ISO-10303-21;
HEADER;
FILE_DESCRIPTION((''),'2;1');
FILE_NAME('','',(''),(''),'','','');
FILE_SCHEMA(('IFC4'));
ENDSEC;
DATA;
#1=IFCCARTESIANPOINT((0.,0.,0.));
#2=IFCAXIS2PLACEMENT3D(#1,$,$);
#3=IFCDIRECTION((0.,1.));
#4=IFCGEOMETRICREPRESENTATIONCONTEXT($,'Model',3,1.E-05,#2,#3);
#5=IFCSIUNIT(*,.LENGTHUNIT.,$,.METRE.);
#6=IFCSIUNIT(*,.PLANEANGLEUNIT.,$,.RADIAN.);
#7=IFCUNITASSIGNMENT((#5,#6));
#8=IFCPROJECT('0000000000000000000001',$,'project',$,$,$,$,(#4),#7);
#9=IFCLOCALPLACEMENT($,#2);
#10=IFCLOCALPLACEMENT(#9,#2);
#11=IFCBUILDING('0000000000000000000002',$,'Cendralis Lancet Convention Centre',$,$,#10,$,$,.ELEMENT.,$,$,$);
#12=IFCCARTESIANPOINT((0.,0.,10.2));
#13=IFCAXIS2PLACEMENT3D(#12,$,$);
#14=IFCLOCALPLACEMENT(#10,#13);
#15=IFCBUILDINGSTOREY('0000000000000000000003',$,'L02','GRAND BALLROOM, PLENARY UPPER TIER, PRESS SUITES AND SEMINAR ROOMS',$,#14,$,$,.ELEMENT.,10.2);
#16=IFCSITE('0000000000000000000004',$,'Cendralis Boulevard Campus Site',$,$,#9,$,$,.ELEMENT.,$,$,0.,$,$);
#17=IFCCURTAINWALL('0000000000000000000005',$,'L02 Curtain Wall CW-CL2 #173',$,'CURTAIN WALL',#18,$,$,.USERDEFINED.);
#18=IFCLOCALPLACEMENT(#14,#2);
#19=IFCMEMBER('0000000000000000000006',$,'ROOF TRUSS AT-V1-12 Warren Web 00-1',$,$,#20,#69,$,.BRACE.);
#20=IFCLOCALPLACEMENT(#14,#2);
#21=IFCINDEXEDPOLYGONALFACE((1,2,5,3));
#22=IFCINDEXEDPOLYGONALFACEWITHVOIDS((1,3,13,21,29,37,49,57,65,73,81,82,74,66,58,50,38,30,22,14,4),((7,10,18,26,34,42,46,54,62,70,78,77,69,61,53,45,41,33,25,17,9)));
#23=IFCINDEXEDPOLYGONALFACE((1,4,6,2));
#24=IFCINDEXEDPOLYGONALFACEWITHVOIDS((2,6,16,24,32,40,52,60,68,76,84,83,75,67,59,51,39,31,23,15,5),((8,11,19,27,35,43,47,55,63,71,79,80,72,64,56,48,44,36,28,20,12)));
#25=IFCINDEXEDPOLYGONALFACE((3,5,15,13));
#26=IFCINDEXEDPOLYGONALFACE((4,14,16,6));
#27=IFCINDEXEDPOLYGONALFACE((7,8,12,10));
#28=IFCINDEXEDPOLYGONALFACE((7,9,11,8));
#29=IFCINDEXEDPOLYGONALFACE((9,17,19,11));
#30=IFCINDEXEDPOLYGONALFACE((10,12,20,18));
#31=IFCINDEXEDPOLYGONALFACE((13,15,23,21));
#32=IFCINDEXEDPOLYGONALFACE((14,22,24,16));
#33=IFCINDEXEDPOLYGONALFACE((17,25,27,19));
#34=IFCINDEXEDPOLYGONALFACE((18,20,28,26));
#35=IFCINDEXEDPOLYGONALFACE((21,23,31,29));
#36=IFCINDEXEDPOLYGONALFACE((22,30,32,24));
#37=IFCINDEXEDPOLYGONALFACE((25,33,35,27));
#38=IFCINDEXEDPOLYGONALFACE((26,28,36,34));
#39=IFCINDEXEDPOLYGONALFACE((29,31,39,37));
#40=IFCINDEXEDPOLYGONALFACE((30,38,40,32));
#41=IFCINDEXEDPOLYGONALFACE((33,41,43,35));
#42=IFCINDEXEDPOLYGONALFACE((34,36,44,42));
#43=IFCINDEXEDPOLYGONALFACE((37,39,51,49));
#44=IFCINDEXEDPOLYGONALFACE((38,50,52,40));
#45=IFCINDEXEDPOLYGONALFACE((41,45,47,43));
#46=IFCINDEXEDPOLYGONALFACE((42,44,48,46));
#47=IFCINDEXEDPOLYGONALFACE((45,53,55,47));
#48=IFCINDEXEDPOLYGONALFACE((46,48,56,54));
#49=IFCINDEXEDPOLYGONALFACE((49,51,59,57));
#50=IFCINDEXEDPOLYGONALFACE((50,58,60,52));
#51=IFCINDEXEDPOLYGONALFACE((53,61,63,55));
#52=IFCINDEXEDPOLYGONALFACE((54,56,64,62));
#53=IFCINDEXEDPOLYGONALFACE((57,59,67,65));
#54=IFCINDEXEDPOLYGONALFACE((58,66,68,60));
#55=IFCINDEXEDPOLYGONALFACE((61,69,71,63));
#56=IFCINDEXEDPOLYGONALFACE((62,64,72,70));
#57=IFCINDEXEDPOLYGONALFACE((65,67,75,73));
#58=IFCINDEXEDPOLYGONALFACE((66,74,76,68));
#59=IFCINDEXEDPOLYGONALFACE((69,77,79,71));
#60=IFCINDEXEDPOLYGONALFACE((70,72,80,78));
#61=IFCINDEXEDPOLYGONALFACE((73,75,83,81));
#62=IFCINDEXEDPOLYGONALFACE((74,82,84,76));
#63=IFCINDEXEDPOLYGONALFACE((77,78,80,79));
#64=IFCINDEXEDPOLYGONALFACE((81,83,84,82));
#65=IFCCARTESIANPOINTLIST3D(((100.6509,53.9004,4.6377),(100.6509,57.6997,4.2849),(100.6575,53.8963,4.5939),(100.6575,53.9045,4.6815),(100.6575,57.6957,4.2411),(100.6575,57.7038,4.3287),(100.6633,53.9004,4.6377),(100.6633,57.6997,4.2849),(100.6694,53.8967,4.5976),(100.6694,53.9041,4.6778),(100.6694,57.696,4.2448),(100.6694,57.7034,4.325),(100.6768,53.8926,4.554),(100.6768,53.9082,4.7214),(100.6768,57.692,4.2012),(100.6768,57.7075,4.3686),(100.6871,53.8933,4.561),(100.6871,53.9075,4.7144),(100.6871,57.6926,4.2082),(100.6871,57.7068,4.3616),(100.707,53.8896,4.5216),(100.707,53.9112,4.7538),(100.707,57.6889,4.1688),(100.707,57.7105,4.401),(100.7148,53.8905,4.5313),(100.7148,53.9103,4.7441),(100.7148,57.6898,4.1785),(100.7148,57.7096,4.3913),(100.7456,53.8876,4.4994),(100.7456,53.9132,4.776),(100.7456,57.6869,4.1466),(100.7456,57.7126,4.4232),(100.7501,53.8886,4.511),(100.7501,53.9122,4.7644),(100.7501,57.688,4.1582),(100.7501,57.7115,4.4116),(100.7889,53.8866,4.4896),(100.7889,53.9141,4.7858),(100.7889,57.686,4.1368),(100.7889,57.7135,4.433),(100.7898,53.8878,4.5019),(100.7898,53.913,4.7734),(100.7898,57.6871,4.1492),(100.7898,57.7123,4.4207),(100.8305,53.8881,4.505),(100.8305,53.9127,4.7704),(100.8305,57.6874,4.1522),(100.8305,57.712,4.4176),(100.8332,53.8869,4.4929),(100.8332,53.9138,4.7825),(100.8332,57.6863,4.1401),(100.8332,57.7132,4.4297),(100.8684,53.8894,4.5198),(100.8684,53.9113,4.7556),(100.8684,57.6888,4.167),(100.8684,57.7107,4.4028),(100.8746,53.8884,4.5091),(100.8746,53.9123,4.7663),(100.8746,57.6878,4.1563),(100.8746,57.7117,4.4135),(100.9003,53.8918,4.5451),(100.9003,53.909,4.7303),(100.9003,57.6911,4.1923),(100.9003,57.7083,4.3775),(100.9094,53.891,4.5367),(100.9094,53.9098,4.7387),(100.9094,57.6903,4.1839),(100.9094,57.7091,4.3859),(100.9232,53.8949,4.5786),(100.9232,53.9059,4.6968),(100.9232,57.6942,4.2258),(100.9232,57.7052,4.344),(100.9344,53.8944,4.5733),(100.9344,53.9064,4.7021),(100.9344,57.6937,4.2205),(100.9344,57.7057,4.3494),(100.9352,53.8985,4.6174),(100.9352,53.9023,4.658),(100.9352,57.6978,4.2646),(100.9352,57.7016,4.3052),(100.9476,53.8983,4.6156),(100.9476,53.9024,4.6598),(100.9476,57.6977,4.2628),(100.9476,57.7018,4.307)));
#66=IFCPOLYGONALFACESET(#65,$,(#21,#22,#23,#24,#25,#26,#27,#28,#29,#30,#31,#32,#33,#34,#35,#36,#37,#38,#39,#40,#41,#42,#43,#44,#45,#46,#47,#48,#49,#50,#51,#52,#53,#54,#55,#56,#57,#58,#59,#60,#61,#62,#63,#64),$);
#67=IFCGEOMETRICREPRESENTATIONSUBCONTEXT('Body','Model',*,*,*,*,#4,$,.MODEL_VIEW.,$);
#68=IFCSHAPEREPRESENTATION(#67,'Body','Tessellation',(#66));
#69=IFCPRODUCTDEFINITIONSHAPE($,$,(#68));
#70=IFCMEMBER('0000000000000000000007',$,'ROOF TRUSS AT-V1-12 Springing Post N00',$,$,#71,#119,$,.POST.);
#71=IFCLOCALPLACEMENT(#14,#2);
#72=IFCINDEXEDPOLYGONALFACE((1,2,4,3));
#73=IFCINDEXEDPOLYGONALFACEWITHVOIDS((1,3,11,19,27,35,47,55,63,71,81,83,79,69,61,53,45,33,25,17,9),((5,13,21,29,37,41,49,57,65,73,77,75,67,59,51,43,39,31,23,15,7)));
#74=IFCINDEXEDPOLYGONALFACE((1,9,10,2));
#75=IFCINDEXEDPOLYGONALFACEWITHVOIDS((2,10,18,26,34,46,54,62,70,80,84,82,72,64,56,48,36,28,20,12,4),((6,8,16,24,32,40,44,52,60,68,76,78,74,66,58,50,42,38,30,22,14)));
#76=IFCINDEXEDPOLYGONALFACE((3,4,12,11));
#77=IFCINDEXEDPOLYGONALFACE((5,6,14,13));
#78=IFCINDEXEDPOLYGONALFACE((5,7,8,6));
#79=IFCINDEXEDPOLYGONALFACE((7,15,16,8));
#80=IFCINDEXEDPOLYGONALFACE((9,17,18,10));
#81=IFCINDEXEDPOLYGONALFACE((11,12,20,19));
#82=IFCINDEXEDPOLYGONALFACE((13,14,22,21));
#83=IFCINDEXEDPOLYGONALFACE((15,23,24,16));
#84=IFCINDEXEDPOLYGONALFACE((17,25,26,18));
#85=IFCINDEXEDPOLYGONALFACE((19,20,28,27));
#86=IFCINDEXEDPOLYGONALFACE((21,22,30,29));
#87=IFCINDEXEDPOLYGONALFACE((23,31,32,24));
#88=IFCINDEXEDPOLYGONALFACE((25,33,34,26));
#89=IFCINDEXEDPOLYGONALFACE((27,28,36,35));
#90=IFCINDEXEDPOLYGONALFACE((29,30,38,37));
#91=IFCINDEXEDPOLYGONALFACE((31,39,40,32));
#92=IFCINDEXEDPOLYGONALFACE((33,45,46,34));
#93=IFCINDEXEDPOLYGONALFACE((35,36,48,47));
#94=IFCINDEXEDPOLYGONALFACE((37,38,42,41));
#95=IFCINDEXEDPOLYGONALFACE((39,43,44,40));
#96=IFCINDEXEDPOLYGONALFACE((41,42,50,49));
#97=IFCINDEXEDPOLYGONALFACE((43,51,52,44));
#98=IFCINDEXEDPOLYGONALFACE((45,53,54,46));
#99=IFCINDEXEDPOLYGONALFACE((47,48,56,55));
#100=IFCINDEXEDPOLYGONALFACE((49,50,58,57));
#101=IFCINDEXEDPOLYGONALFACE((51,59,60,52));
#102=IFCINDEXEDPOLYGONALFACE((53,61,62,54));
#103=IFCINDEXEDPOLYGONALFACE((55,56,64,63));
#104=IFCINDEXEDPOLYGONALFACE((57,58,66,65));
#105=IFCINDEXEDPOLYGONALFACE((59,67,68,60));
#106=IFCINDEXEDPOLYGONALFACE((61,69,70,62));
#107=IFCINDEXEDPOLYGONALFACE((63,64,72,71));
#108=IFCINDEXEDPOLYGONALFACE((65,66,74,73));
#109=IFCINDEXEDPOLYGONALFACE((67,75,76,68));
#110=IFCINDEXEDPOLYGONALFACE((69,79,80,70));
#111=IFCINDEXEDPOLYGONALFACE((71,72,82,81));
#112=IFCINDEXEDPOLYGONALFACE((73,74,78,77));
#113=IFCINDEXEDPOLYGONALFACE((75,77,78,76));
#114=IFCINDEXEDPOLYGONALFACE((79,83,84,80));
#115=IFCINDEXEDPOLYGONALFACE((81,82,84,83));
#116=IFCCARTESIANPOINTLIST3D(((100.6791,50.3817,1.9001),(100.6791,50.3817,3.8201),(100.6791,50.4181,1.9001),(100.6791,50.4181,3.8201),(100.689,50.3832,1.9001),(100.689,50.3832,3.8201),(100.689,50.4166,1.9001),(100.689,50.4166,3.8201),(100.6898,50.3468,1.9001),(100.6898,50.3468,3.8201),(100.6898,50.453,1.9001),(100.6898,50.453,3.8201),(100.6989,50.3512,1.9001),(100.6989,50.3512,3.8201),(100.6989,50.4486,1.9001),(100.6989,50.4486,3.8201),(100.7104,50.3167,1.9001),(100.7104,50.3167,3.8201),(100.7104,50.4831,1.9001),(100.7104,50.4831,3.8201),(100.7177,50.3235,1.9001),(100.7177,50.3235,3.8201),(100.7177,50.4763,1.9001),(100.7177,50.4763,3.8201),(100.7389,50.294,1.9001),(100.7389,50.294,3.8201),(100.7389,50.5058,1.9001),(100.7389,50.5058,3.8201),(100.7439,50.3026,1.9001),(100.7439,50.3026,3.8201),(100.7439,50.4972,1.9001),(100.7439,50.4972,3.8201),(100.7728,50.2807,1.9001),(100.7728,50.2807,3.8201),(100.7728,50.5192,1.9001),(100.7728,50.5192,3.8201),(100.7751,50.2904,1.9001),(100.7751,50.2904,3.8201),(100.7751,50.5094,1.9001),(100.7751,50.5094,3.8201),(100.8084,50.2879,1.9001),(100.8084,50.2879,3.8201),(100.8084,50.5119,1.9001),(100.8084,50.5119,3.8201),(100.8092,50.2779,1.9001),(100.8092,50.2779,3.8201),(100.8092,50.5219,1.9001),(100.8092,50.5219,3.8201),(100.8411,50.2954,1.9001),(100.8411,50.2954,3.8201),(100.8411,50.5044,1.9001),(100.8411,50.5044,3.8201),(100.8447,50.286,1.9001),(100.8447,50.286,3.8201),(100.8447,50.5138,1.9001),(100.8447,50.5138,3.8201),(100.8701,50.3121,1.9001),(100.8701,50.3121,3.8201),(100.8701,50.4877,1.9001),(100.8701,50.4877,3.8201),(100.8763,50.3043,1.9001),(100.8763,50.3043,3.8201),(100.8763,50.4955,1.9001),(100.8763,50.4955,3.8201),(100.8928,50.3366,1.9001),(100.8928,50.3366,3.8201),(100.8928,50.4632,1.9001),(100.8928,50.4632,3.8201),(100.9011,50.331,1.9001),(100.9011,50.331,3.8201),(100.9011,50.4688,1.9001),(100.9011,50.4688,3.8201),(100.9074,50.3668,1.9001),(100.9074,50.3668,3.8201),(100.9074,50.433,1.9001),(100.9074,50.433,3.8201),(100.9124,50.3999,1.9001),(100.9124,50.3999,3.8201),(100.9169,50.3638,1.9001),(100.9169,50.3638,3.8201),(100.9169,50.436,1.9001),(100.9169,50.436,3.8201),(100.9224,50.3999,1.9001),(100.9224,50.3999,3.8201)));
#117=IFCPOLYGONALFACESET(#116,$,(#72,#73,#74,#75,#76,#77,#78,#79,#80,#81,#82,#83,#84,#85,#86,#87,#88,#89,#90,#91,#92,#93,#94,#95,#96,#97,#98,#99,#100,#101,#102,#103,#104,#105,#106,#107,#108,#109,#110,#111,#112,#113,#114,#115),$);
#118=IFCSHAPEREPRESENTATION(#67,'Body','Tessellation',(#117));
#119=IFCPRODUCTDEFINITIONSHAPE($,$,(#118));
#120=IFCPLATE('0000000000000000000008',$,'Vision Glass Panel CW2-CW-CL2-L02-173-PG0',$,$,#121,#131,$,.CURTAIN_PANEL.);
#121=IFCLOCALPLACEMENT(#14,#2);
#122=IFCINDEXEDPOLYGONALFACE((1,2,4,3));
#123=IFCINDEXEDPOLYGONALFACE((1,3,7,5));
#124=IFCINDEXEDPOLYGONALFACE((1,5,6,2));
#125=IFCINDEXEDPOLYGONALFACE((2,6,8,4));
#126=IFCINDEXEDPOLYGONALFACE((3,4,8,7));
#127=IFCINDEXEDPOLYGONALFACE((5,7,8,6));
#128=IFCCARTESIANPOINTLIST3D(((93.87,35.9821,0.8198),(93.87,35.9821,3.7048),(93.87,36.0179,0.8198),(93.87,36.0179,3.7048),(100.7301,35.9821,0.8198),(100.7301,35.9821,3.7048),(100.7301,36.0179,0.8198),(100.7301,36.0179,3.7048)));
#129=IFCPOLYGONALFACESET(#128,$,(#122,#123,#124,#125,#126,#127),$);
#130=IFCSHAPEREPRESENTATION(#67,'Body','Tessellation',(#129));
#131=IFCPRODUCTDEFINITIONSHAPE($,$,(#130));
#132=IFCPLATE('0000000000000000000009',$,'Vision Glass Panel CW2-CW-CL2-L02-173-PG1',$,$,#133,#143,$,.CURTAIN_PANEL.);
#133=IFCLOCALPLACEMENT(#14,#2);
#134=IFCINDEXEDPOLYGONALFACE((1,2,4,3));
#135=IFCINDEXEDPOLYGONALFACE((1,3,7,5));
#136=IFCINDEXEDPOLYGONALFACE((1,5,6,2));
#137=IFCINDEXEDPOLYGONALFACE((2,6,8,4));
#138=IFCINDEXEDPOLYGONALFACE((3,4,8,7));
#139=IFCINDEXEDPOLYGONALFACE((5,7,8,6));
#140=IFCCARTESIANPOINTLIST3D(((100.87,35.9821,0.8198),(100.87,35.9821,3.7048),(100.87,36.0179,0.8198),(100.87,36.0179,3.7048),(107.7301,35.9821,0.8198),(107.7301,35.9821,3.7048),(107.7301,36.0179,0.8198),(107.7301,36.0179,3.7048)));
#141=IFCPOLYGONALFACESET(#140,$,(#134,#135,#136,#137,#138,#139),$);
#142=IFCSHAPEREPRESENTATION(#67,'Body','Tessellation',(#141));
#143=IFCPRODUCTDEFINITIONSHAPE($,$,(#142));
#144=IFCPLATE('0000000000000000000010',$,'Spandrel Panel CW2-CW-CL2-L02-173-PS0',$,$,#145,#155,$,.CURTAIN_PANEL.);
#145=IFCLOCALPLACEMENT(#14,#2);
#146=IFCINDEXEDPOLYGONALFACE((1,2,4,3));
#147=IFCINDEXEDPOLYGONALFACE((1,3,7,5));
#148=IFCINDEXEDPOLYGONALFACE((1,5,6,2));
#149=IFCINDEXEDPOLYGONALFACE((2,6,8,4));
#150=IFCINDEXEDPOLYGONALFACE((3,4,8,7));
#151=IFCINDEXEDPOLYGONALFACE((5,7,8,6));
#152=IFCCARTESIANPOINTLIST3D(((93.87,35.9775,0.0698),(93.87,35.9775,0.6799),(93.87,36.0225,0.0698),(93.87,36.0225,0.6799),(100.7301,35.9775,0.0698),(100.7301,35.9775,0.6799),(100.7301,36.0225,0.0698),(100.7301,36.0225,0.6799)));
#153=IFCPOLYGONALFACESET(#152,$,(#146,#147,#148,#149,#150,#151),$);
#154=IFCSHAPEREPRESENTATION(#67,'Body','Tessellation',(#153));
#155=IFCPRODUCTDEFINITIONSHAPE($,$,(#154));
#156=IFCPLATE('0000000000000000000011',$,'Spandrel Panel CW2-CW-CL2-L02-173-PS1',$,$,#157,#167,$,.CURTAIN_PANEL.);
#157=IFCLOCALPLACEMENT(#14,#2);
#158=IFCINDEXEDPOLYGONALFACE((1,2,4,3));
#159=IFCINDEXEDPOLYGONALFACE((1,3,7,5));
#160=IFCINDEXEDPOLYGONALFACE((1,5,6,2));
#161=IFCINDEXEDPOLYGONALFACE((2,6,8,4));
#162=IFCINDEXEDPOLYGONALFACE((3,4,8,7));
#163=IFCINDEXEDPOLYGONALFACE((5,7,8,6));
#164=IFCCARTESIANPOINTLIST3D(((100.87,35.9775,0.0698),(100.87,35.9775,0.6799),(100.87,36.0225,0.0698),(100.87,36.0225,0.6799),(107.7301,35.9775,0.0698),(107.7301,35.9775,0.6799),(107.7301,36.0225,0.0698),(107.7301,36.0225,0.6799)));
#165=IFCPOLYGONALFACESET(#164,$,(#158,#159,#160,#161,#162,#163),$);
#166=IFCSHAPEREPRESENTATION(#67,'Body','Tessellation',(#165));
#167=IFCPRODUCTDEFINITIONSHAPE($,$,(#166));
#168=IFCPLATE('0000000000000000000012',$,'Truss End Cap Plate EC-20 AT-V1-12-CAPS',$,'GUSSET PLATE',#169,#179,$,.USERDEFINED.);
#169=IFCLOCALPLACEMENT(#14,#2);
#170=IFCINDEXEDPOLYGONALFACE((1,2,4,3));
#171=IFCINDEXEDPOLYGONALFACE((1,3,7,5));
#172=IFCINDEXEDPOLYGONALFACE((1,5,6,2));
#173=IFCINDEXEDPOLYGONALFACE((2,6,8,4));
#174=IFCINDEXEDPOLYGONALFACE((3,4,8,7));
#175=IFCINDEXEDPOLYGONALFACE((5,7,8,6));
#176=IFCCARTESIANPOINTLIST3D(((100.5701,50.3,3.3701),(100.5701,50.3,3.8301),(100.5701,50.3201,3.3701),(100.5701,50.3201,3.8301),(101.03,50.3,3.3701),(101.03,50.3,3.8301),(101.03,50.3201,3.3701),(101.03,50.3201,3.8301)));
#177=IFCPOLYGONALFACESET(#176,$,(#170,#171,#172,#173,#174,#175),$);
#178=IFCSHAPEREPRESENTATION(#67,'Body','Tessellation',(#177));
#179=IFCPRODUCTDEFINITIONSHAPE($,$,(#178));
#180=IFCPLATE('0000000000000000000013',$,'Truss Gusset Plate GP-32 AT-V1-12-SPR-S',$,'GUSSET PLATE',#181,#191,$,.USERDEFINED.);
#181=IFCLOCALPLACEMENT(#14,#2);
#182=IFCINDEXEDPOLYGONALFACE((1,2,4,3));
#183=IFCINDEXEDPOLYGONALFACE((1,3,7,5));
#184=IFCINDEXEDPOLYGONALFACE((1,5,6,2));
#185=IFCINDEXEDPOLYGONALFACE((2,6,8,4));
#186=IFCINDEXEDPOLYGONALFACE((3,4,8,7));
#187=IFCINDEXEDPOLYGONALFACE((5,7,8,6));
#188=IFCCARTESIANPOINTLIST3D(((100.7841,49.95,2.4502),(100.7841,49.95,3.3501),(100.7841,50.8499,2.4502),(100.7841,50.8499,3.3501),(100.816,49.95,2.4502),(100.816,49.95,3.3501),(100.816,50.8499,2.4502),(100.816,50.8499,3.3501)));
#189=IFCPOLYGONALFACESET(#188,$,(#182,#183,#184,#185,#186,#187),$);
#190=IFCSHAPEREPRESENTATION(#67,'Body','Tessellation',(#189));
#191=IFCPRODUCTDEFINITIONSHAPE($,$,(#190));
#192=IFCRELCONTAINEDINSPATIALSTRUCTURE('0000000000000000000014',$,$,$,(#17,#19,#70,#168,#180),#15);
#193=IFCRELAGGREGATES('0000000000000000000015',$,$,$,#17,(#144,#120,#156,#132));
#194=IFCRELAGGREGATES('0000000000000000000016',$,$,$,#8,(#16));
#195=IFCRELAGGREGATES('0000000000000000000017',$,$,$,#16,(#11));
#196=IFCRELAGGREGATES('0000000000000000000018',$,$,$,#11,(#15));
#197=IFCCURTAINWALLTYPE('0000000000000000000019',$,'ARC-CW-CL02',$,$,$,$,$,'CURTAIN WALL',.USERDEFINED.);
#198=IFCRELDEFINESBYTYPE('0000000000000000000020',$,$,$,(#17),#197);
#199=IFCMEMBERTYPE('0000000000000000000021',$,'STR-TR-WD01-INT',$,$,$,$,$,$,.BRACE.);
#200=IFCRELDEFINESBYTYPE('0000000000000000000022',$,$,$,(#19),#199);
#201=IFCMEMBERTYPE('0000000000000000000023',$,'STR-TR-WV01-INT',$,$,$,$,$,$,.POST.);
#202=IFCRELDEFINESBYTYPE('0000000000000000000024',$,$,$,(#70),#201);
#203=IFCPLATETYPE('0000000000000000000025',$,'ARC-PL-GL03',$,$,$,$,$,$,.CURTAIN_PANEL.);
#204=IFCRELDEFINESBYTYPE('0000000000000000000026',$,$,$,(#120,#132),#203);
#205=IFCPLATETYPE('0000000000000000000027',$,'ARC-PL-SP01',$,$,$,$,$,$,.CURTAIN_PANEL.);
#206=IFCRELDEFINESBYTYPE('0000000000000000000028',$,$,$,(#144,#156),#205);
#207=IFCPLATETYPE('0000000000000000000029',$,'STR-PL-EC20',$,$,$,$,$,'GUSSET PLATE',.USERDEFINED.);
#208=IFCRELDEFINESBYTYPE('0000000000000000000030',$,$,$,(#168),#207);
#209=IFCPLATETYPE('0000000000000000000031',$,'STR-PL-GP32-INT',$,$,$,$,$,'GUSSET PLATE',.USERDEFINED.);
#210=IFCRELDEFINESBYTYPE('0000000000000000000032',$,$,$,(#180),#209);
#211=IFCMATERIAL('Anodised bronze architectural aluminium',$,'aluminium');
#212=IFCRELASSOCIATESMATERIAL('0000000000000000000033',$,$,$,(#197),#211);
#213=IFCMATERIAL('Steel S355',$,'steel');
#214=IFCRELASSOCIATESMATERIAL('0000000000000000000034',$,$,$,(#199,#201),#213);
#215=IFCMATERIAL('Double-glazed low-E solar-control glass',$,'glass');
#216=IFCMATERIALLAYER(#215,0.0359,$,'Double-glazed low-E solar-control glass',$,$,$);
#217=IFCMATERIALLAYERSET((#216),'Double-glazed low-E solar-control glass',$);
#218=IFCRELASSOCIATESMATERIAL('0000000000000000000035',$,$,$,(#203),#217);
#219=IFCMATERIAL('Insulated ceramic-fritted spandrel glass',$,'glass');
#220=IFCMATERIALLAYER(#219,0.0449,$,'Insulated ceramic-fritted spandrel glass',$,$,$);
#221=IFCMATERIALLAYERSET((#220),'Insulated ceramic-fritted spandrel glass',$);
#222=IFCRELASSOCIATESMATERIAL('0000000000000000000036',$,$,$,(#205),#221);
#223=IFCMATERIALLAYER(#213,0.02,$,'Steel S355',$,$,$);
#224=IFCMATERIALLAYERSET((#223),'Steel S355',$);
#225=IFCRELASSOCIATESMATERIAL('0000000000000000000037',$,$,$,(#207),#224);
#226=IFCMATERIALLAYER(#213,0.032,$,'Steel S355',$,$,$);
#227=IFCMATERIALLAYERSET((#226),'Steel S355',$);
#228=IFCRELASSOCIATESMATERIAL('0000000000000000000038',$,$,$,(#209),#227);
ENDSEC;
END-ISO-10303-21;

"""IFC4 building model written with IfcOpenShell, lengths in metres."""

from ifc_helpers import new_model, si_unit, direction, frame, origin, origin_2d, place, context, subcontext, project, spatial, rectangle, hollow_circle, extrude, material, layer, layer_set, material_profile, profile_set, type_object, element, aggregate, save


model = new_model("IFC4")

# Units and contexts
model_context = context("Model", 3, precision=1e-05, world=origin(), true_north=direction((0.0, 1.0)))
body_context = subcontext(model_context, "Body", "Model", "MODEL_VIEW")
ifc_project = project(units=[si_unit("LENGTHUNIT", "METRE"), si_unit("PLANEANGLEUNIT", "RADIAN")], contexts=[model_context])

# Site, building, storey
site_placement = place(None, origin())
site = spatial("IfcSite", under=ifc_project, at=site_placement, Name="Cendralis Boulevard Campus Site", CompositionType="ELEMENT", RefElevation=0.0)
building_placement = place(site_placement, origin())
building = spatial("IfcBuilding", under=site, at=building_placement, Name="Cendralis Lancet Convention Centre", CompositionType="ELEMENT")
storey_placement = place(building_placement, frame((0.0, 0.0, 10.2)))
storey = spatial("IfcBuildingStorey", under=building, at=storey_placement, Name="L02", Description="GRAND BALLROOM, PLENARY UPPER TIER, PRESS SUITES AND SEMINAR ROOMS", CompositionType="ELEMENT", Elevation=10.2)

# Shared definitions
ifc_material_1 = material(Name="Steel S355", Category="steel")

# Curtain wall
ifc_material_2 = material(Name="Anodised bronze architectural aluminium", Category="aluminium")
curtain_wall_type = type_object("IfcCurtainWallType", Name="ARC-CW-CL02", ElementType="CURTAIN WALL", PredefinedType="USERDEFINED", material=ifc_material_2)
curtain_wall_placement = place(storey_placement, origin())
curtain_wall = element("IfcCurtainWall", 1, at=curtain_wall_placement, inside=storey, type_object=curtain_wall_type, Name="L02 Curtain Wall CW-CL2 #173", ObjectType="CURTAIN WALL", PredefinedType="USERDEFINED")

# Members
ifc_material_profile_1 = material_profile(ifc_material_1, hollow_circle(Radius=0.1492, WallThickness=0.0125, at=origin_2d()), Name="CHS 298.5x12.5")
ifc_profile_set_1 = profile_set([ifc_material_profile_1], Name="Steel S355")
member_type_1 = type_object("IfcMemberType", Name="STR-TR-WD01-INT", PredefinedType="BRACE", material=ifc_profile_set_1)
member_1_placement = place(storey_placement, frame((100.8, 53.9004, 4.6377), z_axis=(0.0, 0.995717, -0.092457), x_axis=(-1.0, 0.0, 0.0)))
element("IfcMember", 2, at=member_1_placement, inside=storey, type_object=member_type_1, Name="ROOF TRUSS AT-V1-12 Warren Web 00-1", PredefinedType="BRACE", context=body_context, shape_type="SweptSolid", body=[
    extrude(hollow_circle(Radius=0.1492, WallThickness=0.0125, at=origin_2d()), origin(), (0.0, 0.0, 1.0), 3.8157),
])
ifc_material_profile_2 = material_profile(ifc_material_1, hollow_circle(Radius=0.1223, WallThickness=0.01, at=origin_2d()), Name="CHS 244.5x10.0")
ifc_profile_set_2 = profile_set([ifc_material_profile_2], Name="Steel S355")
member_type_2 = type_object("IfcMemberType", Name="STR-TR-WV01-INT", PredefinedType="POST", material=ifc_profile_set_2)
member_2_placement = place(storey_placement, frame((100.8, 50.3999, 1.9001), z_axis=(0.0, 0.0, 1.0), x_axis=(1.0, 0.0, 0.0)))
element("IfcMember", 3, at=member_2_placement, inside=storey, type_object=member_type_2, Name="ROOF TRUSS AT-V1-12 Springing Post N00", PredefinedType="POST", context=body_context, shape_type="SweptSolid", body=[
    extrude(hollow_circle(Radius=0.1223, WallThickness=0.01, at=origin_2d()), origin(), (0.0, 0.0, 1.0), 1.9199),
])

# Plates
ifc_material_3 = material(Name="Double-glazed low-E solar-control glass", Category="glass")
ifc_layer_1 = layer(ifc_material_3, 0.0359, Name="Double-glazed low-E solar-control glass")
ifc_layer_set_1 = layer_set([ifc_layer_1], Name="Double-glazed low-E solar-control glass")
plate_type_1 = type_object("IfcPlateType", Name="ARC-PL-GL03", PredefinedType="CURTAIN_PANEL", material=ifc_layer_set_1)
plate_1_placement = place(storey_placement, frame((97.3, 36.0, 0.8198), z_axis=(0.0, 0.0, 1.0), x_axis=(1.0, 0.0, 0.0)))
plate_1 = element("IfcPlate", 4, at=plate_1_placement, type_object=plate_type_1, Name="Vision Glass Panel CW2-CW-CL2-L02-173-PG0", PredefinedType="CURTAIN_PANEL", context=body_context, shape_type="SweptSolid", body=[
    extrude(rectangle(XDim=6.8601, YDim=0.0359, at=origin_2d()), origin(), (0.0, 0.0, 1.0), 2.885),
])
plate_2_placement = place(storey_placement, frame((104.3, 36.0, 0.8198), z_axis=(0.0, 0.0, 1.0), x_axis=(1.0, 0.0, 0.0)))
plate_2 = element("IfcPlate", 5, at=plate_2_placement, type_object=plate_type_1, Name="Vision Glass Panel CW2-CW-CL2-L02-173-PG1", PredefinedType="CURTAIN_PANEL", context=body_context, shape_type="SweptSolid", body=[
    extrude(rectangle(XDim=6.8601, YDim=0.0359, at=origin_2d()), origin(), (0.0, 0.0, 1.0), 2.885),
])
ifc_material_4 = material(Name="Insulated ceramic-fritted spandrel glass", Category="glass")
ifc_layer_2 = layer(ifc_material_4, 0.0449, Name="Insulated ceramic-fritted spandrel glass")
ifc_layer_set_2 = layer_set([ifc_layer_2], Name="Insulated ceramic-fritted spandrel glass")
plate_type_2 = type_object("IfcPlateType", Name="ARC-PL-SP01", PredefinedType="CURTAIN_PANEL", material=ifc_layer_set_2)
plate_3_placement = place(storey_placement, frame((97.3, 36.0, 0.0698), z_axis=(0.0, 0.0, 1.0), x_axis=(1.0, 0.0, 0.0)))
plate_3 = element("IfcPlate", 6, at=plate_3_placement, type_object=plate_type_2, Name="Spandrel Panel CW2-CW-CL2-L02-173-PS0", PredefinedType="CURTAIN_PANEL", context=body_context, shape_type="SweptSolid", body=[
    extrude(rectangle(XDim=6.8601, YDim=0.0449, at=origin_2d()), origin(), (0.0, 0.0, 1.0), 0.6101),
])
plate_4_placement = place(storey_placement, frame((104.3, 36.0, 0.0698), z_axis=(0.0, 0.0, 1.0), x_axis=(1.0, 0.0, 0.0)))
plate_4 = element("IfcPlate", 7, at=plate_4_placement, type_object=plate_type_2, Name="Spandrel Panel CW2-CW-CL2-L02-173-PS1", PredefinedType="CURTAIN_PANEL", context=body_context, shape_type="SweptSolid", body=[
    extrude(rectangle(XDim=6.8601, YDim=0.0449, at=origin_2d()), origin(), (0.0, 0.0, 1.0), 0.6101),
])
aggregate(curtain_wall, [plate_3, plate_1, plate_4, plate_2])

# Plates
ifc_layer_3 = layer(ifc_material_1, 0.02, Name="Steel S355")
ifc_layer_set_3 = layer_set([ifc_layer_3], Name="Steel S355")
plate_type_3 = type_object("IfcPlateType", Name="STR-PL-EC20", ElementType="GUSSET PLATE", PredefinedType="USERDEFINED", material=ifc_layer_set_3)
plate_5_placement = place(storey_placement, frame((100.8, 50.3101, 3.3701), z_axis=(0.0, 0.0, 1.0), x_axis=(1.0, 0.0, 0.0)))
element("IfcPlate", 8, at=plate_5_placement, inside=storey, type_object=plate_type_3, Name="Truss End Cap Plate EC-20 AT-V1-12-CAPS", ObjectType="GUSSET PLATE", PredefinedType="USERDEFINED", context=body_context, shape_type="SweptSolid", body=[
    extrude(rectangle(XDim=0.46, YDim=0.02, at=origin_2d()), origin(), (0.0, 0.0, 1.0), 0.46),
])
ifc_layer_4 = layer(ifc_material_1, 0.032, Name="Steel S355")
ifc_layer_set_4 = layer_set([ifc_layer_4], Name="Steel S355")
plate_type_4 = type_object("IfcPlateType", Name="STR-PL-GP32-INT", ElementType="GUSSET PLATE", PredefinedType="USERDEFINED", material=ifc_layer_set_4)
plate_6_placement = place(storey_placement, frame((100.8, 50.3999, 2.4502), z_axis=(0.0, 0.0, 1.0), x_axis=(0.0, 1.0, 0.0)))
element("IfcPlate", 9, at=plate_6_placement, inside=storey, type_object=plate_type_4, Name="Truss Gusset Plate GP-32 AT-V1-12-SPR-S", ObjectType="GUSSET PLATE", PredefinedType="USERDEFINED", context=body_context, shape_type="SweptSolid", body=[
    extrude(rectangle(XDim=0.8999, YDim=0.032, at=origin_2d()), origin(), (0.0, 0.0, 1.0), 0.8999),
])

save(model, "model.ifc")
